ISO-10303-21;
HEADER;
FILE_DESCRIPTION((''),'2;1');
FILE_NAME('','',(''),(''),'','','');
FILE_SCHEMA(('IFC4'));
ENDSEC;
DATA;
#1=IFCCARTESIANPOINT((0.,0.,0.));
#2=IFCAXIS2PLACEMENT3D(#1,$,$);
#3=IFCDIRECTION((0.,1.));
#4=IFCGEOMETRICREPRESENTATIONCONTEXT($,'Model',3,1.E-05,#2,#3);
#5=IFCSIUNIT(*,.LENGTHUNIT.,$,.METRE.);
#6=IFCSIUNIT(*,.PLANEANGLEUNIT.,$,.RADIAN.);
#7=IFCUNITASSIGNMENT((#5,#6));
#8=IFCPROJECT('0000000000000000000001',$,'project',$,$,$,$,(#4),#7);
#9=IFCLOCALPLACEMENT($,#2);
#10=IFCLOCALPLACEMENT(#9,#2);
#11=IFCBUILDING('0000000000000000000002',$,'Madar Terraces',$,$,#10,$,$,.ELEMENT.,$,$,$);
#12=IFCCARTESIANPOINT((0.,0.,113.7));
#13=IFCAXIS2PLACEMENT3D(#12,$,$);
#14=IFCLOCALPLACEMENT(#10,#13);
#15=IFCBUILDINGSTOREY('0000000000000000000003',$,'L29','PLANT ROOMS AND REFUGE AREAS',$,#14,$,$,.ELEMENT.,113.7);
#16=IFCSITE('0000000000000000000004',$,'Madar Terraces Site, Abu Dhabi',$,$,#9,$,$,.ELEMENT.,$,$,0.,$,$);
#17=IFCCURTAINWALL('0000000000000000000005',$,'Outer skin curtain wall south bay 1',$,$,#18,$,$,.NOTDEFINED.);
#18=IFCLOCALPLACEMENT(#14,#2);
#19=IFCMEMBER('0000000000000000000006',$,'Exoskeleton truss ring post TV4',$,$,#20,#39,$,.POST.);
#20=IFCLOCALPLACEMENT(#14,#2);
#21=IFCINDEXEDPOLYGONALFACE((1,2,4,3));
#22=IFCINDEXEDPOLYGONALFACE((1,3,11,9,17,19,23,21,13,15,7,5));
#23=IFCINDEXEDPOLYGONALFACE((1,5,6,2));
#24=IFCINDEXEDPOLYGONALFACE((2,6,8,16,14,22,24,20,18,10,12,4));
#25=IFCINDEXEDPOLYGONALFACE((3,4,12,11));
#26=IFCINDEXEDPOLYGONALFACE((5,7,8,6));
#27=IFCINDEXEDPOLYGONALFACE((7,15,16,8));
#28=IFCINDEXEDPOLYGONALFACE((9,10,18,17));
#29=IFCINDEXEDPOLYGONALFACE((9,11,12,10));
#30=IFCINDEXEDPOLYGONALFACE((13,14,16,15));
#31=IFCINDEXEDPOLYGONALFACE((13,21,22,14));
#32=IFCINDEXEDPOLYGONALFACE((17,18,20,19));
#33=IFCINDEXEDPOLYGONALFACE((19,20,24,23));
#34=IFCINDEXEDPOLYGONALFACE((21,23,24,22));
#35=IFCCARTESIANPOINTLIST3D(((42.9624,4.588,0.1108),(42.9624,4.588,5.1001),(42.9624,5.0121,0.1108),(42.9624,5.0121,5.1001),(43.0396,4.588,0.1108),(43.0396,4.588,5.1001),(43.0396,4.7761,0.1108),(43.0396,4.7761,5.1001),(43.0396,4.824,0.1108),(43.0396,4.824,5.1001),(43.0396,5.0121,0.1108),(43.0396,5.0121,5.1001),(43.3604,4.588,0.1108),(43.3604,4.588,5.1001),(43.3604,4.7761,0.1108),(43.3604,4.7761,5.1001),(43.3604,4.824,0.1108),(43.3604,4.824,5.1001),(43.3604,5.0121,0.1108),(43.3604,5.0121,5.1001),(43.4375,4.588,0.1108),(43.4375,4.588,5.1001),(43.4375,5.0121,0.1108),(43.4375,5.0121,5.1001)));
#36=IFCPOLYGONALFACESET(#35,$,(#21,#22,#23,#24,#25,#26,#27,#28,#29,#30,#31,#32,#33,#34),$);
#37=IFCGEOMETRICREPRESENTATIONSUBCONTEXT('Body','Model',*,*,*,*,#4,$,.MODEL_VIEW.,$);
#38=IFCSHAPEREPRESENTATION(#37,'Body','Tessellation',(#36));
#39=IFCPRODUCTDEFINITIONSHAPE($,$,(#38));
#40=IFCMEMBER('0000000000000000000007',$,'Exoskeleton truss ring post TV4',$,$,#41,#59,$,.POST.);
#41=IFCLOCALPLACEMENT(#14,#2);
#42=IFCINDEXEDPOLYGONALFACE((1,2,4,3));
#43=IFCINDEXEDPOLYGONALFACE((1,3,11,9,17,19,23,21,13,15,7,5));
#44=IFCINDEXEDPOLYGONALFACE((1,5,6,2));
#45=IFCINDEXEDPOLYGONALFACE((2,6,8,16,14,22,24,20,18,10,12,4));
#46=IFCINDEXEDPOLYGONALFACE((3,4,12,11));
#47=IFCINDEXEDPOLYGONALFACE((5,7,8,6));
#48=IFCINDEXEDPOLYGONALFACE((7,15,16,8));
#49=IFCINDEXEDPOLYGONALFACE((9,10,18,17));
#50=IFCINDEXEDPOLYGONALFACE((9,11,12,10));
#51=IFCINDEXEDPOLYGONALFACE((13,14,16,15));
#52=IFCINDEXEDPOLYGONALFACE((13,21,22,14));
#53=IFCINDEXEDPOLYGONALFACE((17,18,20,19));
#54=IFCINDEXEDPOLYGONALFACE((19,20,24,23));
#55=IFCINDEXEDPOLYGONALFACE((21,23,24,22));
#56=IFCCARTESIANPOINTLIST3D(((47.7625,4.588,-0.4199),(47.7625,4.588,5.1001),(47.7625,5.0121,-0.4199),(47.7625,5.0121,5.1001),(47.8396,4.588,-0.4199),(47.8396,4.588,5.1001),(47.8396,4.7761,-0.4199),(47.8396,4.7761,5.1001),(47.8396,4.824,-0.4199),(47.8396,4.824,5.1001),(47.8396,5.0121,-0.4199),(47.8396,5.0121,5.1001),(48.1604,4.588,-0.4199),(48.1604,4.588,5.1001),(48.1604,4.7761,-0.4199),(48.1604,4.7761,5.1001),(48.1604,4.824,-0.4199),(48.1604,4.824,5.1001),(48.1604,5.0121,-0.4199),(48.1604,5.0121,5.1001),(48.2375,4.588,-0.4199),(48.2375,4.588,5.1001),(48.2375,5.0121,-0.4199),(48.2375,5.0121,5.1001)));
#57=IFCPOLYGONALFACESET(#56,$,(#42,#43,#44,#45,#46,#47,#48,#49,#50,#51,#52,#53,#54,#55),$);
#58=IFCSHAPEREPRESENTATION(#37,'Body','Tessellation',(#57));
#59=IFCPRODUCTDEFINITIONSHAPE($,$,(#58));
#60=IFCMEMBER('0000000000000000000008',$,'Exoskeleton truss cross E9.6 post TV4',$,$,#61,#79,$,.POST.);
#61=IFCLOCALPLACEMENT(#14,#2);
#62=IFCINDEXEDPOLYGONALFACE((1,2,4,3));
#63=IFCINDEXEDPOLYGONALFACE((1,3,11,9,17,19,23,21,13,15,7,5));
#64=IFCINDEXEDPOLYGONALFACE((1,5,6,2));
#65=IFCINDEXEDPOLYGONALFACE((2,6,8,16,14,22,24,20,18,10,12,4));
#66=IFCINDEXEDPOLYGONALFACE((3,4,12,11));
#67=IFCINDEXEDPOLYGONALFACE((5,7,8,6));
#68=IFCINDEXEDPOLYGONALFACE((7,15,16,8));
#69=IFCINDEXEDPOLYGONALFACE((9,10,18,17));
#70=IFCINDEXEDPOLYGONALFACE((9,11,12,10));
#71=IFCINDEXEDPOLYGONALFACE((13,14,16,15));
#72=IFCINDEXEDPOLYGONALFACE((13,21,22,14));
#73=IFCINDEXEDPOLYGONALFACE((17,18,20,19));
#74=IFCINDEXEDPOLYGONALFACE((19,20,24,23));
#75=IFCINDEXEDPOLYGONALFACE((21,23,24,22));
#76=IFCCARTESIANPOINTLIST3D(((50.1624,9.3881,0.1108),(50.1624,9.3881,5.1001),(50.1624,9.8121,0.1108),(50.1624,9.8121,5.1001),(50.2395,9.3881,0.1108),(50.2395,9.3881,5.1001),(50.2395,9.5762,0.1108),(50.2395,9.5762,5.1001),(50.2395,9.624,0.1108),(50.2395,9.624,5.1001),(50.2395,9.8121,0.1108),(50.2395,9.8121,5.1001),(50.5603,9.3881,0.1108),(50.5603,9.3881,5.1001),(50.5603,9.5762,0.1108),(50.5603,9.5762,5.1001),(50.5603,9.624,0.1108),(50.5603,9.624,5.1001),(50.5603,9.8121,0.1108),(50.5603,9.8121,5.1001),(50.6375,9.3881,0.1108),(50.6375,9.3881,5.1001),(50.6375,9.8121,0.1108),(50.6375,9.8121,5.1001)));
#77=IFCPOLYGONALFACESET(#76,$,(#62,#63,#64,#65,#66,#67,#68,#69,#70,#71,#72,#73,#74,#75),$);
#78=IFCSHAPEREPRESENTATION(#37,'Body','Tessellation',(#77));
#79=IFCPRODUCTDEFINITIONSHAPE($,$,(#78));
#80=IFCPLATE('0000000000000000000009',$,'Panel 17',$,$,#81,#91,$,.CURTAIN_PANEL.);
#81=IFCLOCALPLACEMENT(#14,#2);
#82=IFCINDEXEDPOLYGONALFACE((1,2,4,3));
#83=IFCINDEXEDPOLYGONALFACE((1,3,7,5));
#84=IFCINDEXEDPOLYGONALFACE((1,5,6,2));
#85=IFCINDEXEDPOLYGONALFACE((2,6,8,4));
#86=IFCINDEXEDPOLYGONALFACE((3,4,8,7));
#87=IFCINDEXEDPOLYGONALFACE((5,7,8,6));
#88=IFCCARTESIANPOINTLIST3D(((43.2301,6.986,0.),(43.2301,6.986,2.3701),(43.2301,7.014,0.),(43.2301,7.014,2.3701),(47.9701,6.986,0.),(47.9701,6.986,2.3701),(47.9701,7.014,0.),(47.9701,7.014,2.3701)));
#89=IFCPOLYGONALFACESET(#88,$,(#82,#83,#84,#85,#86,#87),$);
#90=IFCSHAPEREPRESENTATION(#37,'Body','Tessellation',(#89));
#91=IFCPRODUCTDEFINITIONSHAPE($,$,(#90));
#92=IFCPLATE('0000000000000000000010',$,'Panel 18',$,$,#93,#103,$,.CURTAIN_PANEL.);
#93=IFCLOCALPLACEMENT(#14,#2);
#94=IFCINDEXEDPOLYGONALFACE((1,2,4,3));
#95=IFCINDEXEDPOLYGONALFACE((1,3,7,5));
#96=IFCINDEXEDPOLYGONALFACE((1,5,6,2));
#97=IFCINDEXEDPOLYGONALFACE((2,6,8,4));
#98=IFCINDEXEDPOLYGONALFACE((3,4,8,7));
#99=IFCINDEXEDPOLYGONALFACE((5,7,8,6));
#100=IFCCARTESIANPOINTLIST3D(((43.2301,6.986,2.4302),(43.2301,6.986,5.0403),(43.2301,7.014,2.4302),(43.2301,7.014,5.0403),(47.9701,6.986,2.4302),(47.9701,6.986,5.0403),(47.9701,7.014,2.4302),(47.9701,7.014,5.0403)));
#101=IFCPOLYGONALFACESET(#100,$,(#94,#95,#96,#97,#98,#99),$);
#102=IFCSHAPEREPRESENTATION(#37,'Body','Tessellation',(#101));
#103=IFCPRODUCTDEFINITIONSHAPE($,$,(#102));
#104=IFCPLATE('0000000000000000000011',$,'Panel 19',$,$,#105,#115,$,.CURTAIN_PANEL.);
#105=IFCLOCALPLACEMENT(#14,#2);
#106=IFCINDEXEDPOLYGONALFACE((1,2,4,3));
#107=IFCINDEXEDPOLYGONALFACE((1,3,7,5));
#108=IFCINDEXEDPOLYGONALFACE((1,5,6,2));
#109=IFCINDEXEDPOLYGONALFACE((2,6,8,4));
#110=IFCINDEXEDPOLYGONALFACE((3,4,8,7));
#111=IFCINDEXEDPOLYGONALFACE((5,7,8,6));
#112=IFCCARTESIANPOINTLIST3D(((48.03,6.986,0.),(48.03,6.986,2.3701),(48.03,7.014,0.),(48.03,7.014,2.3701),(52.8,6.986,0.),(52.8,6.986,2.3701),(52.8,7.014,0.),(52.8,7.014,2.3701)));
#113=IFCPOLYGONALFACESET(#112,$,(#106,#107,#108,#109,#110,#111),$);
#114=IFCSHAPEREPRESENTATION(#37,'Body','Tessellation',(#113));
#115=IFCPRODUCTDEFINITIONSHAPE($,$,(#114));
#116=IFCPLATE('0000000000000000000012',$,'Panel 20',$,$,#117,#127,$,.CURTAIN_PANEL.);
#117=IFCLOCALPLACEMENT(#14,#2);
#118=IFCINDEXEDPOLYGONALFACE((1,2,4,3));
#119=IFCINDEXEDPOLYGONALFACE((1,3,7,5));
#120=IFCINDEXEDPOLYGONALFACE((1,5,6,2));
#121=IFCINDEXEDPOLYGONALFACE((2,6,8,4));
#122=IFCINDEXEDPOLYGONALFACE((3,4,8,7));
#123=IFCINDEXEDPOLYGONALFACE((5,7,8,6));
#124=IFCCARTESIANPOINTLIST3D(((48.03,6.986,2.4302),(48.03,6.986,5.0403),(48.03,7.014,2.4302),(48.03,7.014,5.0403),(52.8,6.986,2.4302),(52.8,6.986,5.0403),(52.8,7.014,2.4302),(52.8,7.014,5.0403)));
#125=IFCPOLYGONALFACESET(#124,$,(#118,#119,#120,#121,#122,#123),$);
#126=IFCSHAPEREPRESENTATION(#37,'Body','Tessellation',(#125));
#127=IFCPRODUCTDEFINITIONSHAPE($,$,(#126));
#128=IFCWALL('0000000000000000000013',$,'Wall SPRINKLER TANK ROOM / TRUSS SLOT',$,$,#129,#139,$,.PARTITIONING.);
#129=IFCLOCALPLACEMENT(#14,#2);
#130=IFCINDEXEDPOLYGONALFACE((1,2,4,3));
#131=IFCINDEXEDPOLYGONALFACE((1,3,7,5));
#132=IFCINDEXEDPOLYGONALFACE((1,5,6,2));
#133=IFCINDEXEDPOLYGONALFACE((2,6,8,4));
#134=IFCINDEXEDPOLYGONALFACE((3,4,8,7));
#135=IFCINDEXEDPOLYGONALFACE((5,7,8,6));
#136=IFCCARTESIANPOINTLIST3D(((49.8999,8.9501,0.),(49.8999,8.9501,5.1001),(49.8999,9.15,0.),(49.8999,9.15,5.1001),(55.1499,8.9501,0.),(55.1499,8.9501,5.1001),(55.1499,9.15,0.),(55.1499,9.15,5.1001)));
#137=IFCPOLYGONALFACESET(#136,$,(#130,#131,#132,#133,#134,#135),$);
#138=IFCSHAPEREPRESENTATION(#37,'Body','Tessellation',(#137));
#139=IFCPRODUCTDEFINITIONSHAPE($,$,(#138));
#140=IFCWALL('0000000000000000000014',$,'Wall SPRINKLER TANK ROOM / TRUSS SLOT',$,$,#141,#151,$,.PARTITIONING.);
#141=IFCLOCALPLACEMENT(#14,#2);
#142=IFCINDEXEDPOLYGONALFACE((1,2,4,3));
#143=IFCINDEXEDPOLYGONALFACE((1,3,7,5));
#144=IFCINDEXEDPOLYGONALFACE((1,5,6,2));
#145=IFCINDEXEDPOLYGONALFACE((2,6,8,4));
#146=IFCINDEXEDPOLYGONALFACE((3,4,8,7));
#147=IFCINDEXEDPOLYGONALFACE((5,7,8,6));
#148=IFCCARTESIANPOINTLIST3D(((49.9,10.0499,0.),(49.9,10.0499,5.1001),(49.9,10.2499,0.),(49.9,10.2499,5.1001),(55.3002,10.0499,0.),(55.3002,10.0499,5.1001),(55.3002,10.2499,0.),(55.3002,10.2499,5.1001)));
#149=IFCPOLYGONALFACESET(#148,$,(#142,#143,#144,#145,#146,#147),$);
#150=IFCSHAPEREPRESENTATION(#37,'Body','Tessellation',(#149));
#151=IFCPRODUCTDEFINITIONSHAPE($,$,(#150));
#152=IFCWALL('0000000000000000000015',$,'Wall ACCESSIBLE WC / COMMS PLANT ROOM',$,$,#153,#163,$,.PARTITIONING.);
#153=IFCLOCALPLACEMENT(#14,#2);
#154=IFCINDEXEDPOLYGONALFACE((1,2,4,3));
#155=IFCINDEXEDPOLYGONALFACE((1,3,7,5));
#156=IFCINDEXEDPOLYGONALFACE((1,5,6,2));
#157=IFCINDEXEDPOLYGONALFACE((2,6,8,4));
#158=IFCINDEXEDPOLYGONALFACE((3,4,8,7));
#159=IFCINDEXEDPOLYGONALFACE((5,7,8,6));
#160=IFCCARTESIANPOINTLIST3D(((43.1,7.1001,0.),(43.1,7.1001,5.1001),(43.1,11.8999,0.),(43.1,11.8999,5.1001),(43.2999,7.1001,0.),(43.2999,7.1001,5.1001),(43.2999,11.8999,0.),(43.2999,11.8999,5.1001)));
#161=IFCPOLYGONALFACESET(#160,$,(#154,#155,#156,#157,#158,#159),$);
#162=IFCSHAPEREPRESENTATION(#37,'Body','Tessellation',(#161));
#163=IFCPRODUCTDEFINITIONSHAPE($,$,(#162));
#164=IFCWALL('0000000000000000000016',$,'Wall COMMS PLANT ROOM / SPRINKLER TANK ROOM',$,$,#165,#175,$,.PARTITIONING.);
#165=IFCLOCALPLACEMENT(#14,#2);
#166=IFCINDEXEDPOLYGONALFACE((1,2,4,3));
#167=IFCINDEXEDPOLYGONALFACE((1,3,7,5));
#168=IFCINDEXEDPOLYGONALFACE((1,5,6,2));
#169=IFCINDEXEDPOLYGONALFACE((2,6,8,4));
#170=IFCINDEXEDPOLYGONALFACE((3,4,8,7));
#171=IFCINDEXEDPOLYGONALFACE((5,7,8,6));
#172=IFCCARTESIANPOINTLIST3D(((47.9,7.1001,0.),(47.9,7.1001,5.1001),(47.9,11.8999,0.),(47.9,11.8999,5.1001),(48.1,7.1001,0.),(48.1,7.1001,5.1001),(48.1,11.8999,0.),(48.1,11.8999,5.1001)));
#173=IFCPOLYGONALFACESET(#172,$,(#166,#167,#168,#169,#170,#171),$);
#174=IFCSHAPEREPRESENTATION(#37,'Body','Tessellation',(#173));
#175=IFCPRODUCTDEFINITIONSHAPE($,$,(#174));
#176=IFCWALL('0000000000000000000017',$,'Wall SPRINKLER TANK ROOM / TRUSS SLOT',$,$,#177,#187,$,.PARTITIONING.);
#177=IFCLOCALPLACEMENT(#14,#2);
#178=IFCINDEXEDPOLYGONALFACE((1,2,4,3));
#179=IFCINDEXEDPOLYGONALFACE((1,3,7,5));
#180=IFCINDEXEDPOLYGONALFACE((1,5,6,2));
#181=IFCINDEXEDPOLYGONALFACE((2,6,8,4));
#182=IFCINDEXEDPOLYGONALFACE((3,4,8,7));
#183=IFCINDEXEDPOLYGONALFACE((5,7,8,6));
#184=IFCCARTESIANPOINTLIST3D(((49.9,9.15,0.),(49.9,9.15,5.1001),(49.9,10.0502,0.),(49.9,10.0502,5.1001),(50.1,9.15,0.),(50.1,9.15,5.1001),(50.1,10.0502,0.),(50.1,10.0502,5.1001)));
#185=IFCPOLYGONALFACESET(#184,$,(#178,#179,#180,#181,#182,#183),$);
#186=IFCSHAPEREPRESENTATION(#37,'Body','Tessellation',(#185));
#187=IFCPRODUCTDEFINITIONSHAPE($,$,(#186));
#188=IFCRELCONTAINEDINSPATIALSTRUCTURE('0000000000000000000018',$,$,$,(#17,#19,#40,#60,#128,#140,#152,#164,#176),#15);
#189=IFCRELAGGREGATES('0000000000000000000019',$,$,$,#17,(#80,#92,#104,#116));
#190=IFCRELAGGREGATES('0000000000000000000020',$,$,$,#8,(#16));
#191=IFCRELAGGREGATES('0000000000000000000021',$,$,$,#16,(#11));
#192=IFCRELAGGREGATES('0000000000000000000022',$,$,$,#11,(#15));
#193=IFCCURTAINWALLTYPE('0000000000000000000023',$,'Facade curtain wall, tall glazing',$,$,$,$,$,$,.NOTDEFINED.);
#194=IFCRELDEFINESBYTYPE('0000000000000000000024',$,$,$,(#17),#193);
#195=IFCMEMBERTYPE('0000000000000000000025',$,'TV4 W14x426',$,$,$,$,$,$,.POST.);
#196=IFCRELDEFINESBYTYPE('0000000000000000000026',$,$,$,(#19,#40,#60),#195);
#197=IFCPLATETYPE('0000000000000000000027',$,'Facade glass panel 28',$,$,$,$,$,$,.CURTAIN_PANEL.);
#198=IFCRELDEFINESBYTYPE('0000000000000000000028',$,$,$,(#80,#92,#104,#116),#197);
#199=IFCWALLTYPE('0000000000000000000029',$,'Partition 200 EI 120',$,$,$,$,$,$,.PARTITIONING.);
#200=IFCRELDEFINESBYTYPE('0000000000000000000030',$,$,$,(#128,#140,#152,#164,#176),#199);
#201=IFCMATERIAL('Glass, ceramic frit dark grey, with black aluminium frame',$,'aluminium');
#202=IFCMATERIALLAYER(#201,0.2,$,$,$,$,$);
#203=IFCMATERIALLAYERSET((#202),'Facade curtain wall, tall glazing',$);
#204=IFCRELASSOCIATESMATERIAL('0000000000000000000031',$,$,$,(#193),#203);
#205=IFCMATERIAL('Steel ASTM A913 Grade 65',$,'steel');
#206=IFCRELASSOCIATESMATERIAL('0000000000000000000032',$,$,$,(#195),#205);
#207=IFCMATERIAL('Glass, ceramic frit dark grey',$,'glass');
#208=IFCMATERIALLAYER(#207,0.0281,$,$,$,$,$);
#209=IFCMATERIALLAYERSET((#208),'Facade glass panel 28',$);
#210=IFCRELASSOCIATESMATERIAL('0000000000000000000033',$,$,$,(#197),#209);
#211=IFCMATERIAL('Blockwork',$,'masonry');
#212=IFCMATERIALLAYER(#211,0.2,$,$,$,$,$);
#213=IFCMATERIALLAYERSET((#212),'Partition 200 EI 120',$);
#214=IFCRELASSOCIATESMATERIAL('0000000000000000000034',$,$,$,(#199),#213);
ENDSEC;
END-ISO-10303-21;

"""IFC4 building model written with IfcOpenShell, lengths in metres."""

from ifc_helpers import new_model, si_unit, direction, frame, frame_2d, origin, origin_2d, place, context, subcontext, project, spatial, rectangle, i_section, extrude, material, layer, layer_set, material_profile, profile_set, type_object, element, aggregate, save


model = new_model("IFC4")

# Units and contexts
model_context = context("Model", 3, precision=1e-05, world=origin(), true_north=direction((0.0, 1.0)))
body_context = subcontext(model_context, "Body", "Model", "MODEL_VIEW")
ifc_project = project(units=[si_unit("LENGTHUNIT", "METRE"), si_unit("PLANEANGLEUNIT", "RADIAN")], contexts=[model_context])

# Site, building, storey
site_placement = place(None, origin())
site = spatial("IfcSite", under=ifc_project, at=site_placement, Name="Madar Terraces Site, Abu Dhabi", CompositionType="ELEMENT", RefElevation=0.0)
building_placement = place(site_placement, origin())
building = spatial("IfcBuilding", under=site, at=building_placement, Name="Madar Terraces", CompositionType="ELEMENT")
storey_placement = place(building_placement, frame((0.0, 0.0, 113.7)))
storey = spatial("IfcBuildingStorey", under=building, at=storey_placement, Name="L29", Description="PLANT ROOMS AND REFUGE AREAS", CompositionType="ELEMENT", Elevation=113.7)

# Curtain wall
ifc_material_1 = material(Name="Glass, ceramic frit dark grey, with black aluminium frame", Category="aluminium")
ifc_layer_1 = layer(ifc_material_1, 0.2)
ifc_layer_set_1 = layer_set([ifc_layer_1], Name="Facade curtain wall, tall glazing")
curtain_wall_type = type_object("IfcCurtainWallType", Name="Facade curtain wall, tall glazing", PredefinedType="NOTDEFINED", material=ifc_layer_set_1)
curtain_wall_placement = place(storey_placement, origin())
curtain_wall = element("IfcCurtainWall", 1, at=curtain_wall_placement, inside=storey, type_object=curtain_wall_type, Name="Outer skin curtain wall south bay 1", PredefinedType="NOTDEFINED")

# Members
ifc_material_2 = material(Name="Steel ASTM A913 Grade 65", Category="steel")
ifc_material_profile_1 = material_profile(ifc_material_2, i_section(OverallWidth=0.4241, OverallDepth=0.4751, WebThickness=0.0479, FlangeThickness=0.0771, at=origin_2d()), Name="W14x426")
ifc_profile_set_1 = profile_set([ifc_material_profile_1], Name="Steel ASTM A913 Grade 65")
member_type_1 = type_object("IfcMemberType", Name="TV4 W14x426", PredefinedType="POST", material=ifc_profile_set_1)
member_1_placement = place(storey_placement, frame((43.2, 4.8, 0.1108), z_axis=(0.0, 0.0, 1.0), x_axis=(0.0, 1.0, 0.0)))
element("IfcMember", 2, at=member_1_placement, inside=storey, type_object=member_type_1, Name="Exoskeleton truss ring post TV4", PredefinedType="POST", context=body_context, shape_type="SweptSolid", body=[
    extrude(i_section(OverallWidth=0.4241, OverallDepth=0.4751, WebThickness=0.0479, FlangeThickness=0.0771, at=origin_2d()), origin(), (0.0, 0.0, 1.0), 4.9893),
])
member_2_placement = place(storey_placement, frame((48.0, 4.8, -0.4199), z_axis=(0.0, 0.0, 1.0), x_axis=(0.0, 1.0, 0.0)))
element("IfcMember", 3, at=member_2_placement, inside=storey, type_object=member_type_1, Name="Exoskeleton truss ring post TV4", PredefinedType="POST", context=body_context, shape_type="SweptSolid", body=[
    extrude(i_section(OverallWidth=0.4241, OverallDepth=0.4751, WebThickness=0.0479, FlangeThickness=0.0771, at=origin_2d()), origin(), (0.0, 0.0, 1.0), 5.52),
])
member_3_placement = place(storey_placement, frame((50.3999, 9.6001, 0.1108), z_axis=(0.0, 0.0, 1.0), x_axis=(0.0, 1.0, 0.0)))
element("IfcMember", 4, at=member_3_placement, inside=storey, type_object=member_type_1, Name="Exoskeleton truss cross E9.6 post TV4", PredefinedType="POST", context=body_context, shape_type="SweptSolid", body=[
    extrude(i_section(OverallWidth=0.4241, OverallDepth=0.4751, WebThickness=0.0479, FlangeThickness=0.0771, at=origin_2d()), origin(), (0.0, 0.0, 1.0), 4.9893),
])

# Plates
ifc_material_3 = material(Name="Glass, ceramic frit dark grey", Category="glass")
ifc_layer_2 = layer(ifc_material_3, 0.0281)
ifc_layer_set_2 = layer_set([ifc_layer_2], Name="Facade glass panel 28")
plate_type = type_object("IfcPlateType", Name="Facade glass panel 28", PredefinedType="CURTAIN_PANEL", material=ifc_layer_set_2)
plate_1_placement = place(storey_placement, frame((45.6001, 7.0, 0.0), z_axis=(0.0, 0.0, 1.0), x_axis=(1.0, 0.0, 0.0)))
plate_1 = element("IfcPlate", 5, at=plate_1_placement, type_object=plate_type, Name="Panel 17", PredefinedType="CURTAIN_PANEL", context=body_context, shape_type="SweptSolid", body=[
    extrude(rectangle(XDim=4.74, YDim=0.0281, at=origin_2d()), origin(), (0.0, 0.0, 1.0), 2.3701),
])
plate_2_placement = place(storey_placement, frame((45.6001, 7.0, 2.4302), z_axis=(0.0, 0.0, 1.0), x_axis=(1.0, 0.0, 0.0)))
plate_2 = element("IfcPlate", 6, at=plate_2_placement, type_object=plate_type, Name="Panel 18", PredefinedType="CURTAIN_PANEL", context=body_context, shape_type="SweptSolid", body=[
    extrude(rectangle(XDim=4.74, YDim=0.0281, at=origin_2d()), origin(), (0.0, 0.0, 1.0), 2.6101),
])
plate_3_placement = place(storey_placement, frame((50.415, 7.0, 0.0), z_axis=(0.0, 0.0, 1.0), x_axis=(1.0, 0.0, 0.0)))
plate_3 = element("IfcPlate", 7, at=plate_3_placement, type_object=plate_type, Name="Panel 19", PredefinedType="CURTAIN_PANEL", context=body_context, shape_type="SweptSolid", body=[
    extrude(rectangle(XDim=4.77, YDim=0.0281, at=origin_2d()), origin(), (0.0, 0.0, 1.0), 2.3701),
])
plate_4_placement = place(storey_placement, frame((50.415, 7.0, 2.4302), z_axis=(0.0, 0.0, 1.0), x_axis=(1.0, 0.0, 0.0)))
plate_4 = element("IfcPlate", 8, at=plate_4_placement, type_object=plate_type, Name="Panel 20", PredefinedType="CURTAIN_PANEL", context=body_context, shape_type="SweptSolid", body=[
    extrude(rectangle(XDim=4.77, YDim=0.0281, at=origin_2d()), origin(), (0.0, 0.0, 1.0), 2.6101),
])
aggregate(curtain_wall, [plate_1, plate_2, plate_3, plate_4])

# Walls
ifc_material_4 = material(Name="Blockwork", Category="masonry")
ifc_layer_3 = layer(ifc_material_4, 0.2)
ifc_layer_set_3 = layer_set([ifc_layer_3], Name="Partition 200 EI 120")
wall_type = type_object("IfcWallType", Name="Partition 200 EI 120", PredefinedType="PARTITIONING", material=ifc_layer_set_3)
wall_1_placement = place(storey_placement, frame((49.8999, 9.05, 0.0), z_axis=(0.0, 0.0, 1.0), x_axis=(1.0, 0.0, 0.0)))
element("IfcWall", 9, at=wall_1_placement, inside=storey, type_object=wall_type, Name="Wall SPRINKLER TANK ROOM / TRUSS SLOT", PredefinedType="PARTITIONING", context=body_context, shape_type="SweptSolid", body=[
    extrude(rectangle(XDim=5.25, YDim=0.2, at=frame_2d((2.625, 0.0))), origin(), (0.0, 0.0, 1.0), 5.1001),
])
wall_2_placement = place(storey_placement, frame((49.8999, 10.1499, 0.0), z_axis=(0.0, 0.0, 1.0), x_axis=(1.0, 0.0, 0.0)))
element("IfcWall", 10, at=wall_2_placement, inside=storey, type_object=wall_type, Name="Wall SPRINKLER TANK ROOM / TRUSS SLOT", PredefinedType="PARTITIONING", context=body_context, shape_type="SweptSolid", body=[
    extrude(rectangle(XDim=5.4001, YDim=0.2, at=frame_2d((2.7002, 0.0))), origin(), (0.0, 0.0, 1.0), 5.1001),
])
for number, where, z_axis, x_axis, name in (
    (11, (43.2, 7.1001, 0.0), (0.0, 0.0, 1.0), (0.0, 1.0, 0.0), "Wall ACCESSIBLE WC / COMMS PLANT ROOM"),
    (12, (48.0, 7.1001, 0.0), (0.0, 0.0, 1.0), (0.0, 1.0, 0.0), "Wall COMMS PLANT ROOM / SPRINKLER TANK ROOM"),
):
    element("IfcWall", number, at=place(storey_placement, frame(where, z_axis=z_axis, x_axis=x_axis)), inside=storey, type_object=wall_type, Name=name, PredefinedType="PARTITIONING", context=body_context, shape_type="SweptSolid", body=[
        extrude(rectangle(XDim=4.7998, YDim=0.2, at=frame_2d((2.3999, 0.0))), origin(), (0.0, 0.0, 1.0), 5.1001),
    ])
wall_3_placement = place(storey_placement, frame((50.0, 9.1499, 0.0), z_axis=(0.0, 0.0, 1.0), x_axis=(0.0, 1.0, 0.0)))
element("IfcWall", 13, at=wall_3_placement, inside=storey, type_object=wall_type, Name="Wall SPRINKLER TANK ROOM / TRUSS SLOT", PredefinedType="PARTITIONING", context=body_context, shape_type="SweptSolid", body=[
    extrude(rectangle(XDim=0.9001, YDim=0.2, at=frame_2d((0.4502, 0.0))), origin(), (0.0, 0.0, 1.0), 5.1001),
])

save(model, "model.ifc")
